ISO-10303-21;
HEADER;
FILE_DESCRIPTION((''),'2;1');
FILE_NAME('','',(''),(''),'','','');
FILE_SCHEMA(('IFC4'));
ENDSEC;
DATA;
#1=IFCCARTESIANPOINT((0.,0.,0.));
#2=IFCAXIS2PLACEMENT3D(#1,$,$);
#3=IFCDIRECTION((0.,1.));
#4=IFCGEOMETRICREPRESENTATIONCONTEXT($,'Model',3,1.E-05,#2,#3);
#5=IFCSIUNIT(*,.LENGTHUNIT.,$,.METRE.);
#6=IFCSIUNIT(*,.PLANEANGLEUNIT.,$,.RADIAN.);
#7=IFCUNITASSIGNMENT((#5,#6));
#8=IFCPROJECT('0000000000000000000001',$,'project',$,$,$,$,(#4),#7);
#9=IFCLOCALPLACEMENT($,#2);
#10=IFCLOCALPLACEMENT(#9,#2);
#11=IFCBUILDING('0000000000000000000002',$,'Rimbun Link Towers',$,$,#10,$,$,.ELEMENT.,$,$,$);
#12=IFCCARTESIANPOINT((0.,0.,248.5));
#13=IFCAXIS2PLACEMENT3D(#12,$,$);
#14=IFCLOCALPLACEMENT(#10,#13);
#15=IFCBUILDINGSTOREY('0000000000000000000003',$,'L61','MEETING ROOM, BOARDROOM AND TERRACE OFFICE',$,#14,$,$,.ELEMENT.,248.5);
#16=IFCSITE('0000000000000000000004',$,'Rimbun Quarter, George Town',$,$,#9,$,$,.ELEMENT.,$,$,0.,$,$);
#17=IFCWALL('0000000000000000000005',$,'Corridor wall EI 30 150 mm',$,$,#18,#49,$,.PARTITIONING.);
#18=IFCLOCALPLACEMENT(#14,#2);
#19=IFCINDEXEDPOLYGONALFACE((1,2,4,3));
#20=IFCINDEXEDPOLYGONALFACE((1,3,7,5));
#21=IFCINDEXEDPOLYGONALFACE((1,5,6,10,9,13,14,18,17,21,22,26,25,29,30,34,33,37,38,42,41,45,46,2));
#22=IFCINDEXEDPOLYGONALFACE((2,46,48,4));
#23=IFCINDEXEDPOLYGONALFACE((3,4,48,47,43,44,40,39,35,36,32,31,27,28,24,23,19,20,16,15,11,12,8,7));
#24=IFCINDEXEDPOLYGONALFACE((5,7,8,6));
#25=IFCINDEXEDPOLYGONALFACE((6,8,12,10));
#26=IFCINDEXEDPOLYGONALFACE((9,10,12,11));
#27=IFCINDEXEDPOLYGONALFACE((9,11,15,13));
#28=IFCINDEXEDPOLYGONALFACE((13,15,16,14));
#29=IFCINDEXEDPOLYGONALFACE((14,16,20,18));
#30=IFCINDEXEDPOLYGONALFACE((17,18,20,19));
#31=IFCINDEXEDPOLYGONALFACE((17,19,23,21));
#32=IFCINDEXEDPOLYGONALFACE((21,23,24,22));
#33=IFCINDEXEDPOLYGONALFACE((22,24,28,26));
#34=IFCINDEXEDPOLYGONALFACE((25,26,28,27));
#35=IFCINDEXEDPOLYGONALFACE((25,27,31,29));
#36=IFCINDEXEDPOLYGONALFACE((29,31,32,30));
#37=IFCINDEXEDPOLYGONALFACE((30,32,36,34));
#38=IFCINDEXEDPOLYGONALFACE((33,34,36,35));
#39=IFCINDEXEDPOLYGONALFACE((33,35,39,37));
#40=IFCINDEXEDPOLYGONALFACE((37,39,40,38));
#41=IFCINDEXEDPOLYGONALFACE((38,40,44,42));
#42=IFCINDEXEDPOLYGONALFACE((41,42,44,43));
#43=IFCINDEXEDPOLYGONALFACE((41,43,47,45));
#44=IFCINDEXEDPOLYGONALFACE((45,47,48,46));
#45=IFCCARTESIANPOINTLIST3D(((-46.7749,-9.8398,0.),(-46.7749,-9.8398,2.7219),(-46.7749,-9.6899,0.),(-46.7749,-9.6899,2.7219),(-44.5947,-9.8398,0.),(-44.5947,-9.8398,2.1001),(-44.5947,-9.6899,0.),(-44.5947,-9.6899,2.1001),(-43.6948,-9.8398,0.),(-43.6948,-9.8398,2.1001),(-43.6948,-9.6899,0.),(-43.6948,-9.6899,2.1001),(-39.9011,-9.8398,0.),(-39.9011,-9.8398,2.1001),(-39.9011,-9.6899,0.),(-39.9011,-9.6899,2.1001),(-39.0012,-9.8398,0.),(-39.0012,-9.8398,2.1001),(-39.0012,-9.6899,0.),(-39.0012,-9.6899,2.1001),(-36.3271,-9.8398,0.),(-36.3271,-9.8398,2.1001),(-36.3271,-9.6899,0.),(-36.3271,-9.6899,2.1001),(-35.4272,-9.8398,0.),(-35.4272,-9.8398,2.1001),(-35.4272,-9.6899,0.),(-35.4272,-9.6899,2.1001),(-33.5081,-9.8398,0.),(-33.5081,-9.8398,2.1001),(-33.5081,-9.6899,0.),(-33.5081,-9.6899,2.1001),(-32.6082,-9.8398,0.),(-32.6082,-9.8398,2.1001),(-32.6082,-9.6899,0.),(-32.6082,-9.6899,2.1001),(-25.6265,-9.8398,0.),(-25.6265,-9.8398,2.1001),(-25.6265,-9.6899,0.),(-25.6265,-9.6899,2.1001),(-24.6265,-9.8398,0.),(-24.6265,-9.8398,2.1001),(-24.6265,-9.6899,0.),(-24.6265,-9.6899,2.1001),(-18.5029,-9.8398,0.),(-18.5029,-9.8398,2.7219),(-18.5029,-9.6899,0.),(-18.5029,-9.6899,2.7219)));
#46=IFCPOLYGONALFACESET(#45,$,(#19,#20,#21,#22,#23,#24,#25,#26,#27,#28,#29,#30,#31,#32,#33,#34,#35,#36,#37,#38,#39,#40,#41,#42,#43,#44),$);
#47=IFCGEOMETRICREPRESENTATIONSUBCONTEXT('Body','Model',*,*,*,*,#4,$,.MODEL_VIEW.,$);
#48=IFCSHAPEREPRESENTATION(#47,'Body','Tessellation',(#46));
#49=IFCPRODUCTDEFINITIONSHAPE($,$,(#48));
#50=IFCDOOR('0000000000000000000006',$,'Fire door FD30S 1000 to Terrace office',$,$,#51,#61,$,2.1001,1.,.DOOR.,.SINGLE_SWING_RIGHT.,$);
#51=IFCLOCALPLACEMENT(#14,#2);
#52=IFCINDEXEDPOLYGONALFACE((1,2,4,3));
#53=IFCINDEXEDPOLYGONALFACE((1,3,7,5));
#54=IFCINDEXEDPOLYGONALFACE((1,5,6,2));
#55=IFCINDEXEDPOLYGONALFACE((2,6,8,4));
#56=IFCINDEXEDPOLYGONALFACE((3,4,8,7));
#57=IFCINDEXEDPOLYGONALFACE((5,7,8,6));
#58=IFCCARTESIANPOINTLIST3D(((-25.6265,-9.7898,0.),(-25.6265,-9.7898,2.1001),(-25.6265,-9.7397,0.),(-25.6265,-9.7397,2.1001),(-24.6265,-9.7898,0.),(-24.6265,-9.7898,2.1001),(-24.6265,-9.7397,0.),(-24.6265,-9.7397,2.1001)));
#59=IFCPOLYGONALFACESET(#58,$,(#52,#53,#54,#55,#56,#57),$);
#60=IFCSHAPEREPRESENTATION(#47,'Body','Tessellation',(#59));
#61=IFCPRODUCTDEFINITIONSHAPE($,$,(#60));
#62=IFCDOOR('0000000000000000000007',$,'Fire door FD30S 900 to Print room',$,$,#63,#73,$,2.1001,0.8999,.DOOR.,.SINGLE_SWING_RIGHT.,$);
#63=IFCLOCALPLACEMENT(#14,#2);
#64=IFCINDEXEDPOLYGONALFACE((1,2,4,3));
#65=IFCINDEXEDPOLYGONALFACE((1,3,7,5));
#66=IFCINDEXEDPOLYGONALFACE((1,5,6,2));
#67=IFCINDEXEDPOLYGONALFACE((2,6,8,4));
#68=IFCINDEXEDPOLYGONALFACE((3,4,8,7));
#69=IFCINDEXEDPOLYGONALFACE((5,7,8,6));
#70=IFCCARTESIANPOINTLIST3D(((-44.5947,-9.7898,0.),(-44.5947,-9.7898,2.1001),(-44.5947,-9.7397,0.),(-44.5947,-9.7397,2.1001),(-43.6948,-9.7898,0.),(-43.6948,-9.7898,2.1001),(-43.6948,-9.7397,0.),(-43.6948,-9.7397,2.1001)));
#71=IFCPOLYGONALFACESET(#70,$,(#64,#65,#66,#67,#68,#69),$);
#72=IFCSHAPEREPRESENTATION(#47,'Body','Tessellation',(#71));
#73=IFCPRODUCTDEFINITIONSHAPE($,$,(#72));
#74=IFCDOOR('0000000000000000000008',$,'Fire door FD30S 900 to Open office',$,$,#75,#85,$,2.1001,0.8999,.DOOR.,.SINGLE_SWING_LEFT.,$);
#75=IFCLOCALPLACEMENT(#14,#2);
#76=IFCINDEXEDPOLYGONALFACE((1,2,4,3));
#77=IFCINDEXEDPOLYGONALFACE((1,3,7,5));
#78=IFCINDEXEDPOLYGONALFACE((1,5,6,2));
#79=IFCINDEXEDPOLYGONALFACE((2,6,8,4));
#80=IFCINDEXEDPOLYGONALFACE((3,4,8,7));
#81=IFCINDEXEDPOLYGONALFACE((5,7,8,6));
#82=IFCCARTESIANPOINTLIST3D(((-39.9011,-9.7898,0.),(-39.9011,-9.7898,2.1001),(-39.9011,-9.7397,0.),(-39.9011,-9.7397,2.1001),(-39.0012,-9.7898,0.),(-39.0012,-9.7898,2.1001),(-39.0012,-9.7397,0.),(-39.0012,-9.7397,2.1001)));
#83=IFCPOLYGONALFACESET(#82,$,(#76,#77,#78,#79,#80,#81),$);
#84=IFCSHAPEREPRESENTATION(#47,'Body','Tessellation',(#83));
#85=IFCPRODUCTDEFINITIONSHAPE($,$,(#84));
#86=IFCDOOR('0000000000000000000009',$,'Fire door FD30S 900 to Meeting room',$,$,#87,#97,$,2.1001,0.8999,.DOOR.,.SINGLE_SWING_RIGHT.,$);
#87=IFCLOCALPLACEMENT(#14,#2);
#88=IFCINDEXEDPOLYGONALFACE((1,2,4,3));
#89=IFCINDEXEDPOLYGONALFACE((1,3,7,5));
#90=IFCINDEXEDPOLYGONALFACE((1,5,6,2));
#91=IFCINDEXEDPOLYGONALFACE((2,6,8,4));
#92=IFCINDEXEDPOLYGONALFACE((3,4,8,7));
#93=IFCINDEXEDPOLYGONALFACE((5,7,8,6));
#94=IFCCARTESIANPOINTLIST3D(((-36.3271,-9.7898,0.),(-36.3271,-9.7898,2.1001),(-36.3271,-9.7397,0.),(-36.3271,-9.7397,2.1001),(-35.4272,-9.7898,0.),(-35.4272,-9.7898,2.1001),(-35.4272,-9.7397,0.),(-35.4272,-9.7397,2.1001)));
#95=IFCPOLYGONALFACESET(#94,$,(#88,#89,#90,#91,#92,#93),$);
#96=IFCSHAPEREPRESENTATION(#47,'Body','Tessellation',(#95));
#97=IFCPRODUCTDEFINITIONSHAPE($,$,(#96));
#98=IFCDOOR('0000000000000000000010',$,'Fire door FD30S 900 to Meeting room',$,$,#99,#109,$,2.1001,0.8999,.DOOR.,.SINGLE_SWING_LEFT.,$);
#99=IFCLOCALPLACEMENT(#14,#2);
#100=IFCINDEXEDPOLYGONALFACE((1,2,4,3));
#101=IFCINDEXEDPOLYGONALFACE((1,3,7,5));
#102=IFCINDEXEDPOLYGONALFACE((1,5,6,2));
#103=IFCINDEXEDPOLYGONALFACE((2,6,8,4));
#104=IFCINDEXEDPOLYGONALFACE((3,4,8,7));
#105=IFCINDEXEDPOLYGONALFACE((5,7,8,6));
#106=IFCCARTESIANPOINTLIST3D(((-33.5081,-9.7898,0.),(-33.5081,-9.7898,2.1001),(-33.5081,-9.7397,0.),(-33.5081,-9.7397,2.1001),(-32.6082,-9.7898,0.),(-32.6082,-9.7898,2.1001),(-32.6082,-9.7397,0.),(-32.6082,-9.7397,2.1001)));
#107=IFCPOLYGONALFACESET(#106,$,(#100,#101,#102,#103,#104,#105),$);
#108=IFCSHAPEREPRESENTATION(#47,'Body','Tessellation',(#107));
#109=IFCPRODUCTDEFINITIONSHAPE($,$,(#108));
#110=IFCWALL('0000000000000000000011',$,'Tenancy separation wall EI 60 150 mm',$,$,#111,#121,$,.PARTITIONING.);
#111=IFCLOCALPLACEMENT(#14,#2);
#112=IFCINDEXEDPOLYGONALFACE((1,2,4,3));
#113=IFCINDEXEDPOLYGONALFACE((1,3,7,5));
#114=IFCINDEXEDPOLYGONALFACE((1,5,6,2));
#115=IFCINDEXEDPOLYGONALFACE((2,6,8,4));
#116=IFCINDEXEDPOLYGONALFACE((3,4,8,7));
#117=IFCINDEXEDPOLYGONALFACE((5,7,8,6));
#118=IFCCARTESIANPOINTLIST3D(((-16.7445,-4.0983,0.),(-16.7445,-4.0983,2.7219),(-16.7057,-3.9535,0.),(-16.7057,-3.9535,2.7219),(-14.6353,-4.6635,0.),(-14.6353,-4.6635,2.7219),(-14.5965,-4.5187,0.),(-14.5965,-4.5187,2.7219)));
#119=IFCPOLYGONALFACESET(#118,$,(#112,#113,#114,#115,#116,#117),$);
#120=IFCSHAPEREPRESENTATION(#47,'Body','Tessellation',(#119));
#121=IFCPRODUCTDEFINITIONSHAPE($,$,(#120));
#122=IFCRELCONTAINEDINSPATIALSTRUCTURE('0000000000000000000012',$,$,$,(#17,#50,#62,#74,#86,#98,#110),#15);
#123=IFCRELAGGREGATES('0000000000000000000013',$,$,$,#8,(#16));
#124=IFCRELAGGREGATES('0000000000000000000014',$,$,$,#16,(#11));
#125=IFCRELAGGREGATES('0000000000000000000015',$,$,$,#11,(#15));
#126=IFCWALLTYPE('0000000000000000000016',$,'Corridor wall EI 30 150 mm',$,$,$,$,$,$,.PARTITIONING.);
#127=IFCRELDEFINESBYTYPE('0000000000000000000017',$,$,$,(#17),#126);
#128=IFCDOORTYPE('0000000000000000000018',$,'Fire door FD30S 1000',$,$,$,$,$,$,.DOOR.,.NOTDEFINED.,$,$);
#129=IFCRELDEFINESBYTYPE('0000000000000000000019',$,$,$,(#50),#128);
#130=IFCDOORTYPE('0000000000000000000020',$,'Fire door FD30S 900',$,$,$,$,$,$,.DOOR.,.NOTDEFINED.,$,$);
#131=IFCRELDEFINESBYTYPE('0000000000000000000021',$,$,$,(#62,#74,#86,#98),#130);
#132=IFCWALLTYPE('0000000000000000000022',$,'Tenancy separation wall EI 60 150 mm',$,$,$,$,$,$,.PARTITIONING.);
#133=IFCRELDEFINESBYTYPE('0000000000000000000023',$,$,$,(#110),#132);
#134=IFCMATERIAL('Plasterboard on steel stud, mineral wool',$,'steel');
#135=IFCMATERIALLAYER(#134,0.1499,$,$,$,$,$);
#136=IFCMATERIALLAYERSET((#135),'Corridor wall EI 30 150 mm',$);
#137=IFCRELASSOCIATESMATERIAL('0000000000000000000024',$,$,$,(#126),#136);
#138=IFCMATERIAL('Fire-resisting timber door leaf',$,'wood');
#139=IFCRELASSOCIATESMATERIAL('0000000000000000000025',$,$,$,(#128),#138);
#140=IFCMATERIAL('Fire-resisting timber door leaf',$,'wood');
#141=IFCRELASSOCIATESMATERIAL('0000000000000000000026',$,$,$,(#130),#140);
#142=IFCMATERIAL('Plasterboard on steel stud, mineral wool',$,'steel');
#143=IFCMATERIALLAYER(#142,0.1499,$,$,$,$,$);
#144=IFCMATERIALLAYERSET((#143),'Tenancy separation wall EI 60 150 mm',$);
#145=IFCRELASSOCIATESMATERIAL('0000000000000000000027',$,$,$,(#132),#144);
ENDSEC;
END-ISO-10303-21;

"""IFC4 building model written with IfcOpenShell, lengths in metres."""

from ifc_helpers import new_model, si_unit, direction, frame, frame_2d, origin, place, context, subcontext, project, spatial, rectangle, extrude, material, layer, layer_set, type_object, element, fill, save


model = new_model("IFC4")

# Units and contexts
model_context = context("Model", 3, precision=1e-05, world=origin(), true_north=direction((0.0, 1.0)))
body_context = subcontext(model_context, "Body", "Model", "MODEL_VIEW")
ifc_project = project(units=[si_unit("LENGTHUNIT", "METRE"), si_unit("PLANEANGLEUNIT", "RADIAN")], contexts=[model_context])

# Site, building, storey
site_placement = place(None, origin())
site = spatial("IfcSite", under=ifc_project, at=site_placement, Name="Rimbun Quarter, George Town", CompositionType="ELEMENT", RefElevation=0.0)
building_placement = place(site_placement, origin())
building = spatial("IfcBuilding", under=site, at=building_placement, Name="Rimbun Link Towers", CompositionType="ELEMENT")
storey_placement = place(building_placement, frame((0.0, 0.0, 248.5)))
storey = spatial("IfcBuildingStorey", under=building, at=storey_placement, Name="L61", Description="MEETING ROOM, BOARDROOM AND TERRACE OFFICE", CompositionType="ELEMENT", Elevation=248.5)

# Shared definitions
ifc_material_1 = material(Name="Plasterboard on steel stud, mineral wool", Category="steel")
ifc_layer_1 = layer(ifc_material_1, 0.1499)
ifc_layer_set_1 = layer_set([ifc_layer_1], Name="Corridor wall EI 30 150 mm")
wall_type_1 = type_object("IfcWallType", Name="Corridor wall EI 30 150 mm", PredefinedType="PARTITIONING", material=ifc_layer_set_1)

# Wall, openings, doors
wall_1_placement = place(storey_placement, frame((-18.5029, -9.7649, 0.0), z_axis=(0.0, 0.0, 1.0), x_axis=(-1.0, 0.0, 0.0)))
wall_1 = element("IfcWall", 1, at=wall_1_placement, inside=storey, type_object=wall_type_1, Name="Corridor wall EI 30 150 mm", PredefinedType="PARTITIONING", context=body_context, shape_type="SweptSolid", body=[
    extrude(rectangle(XDim=28.272, YDim=0.1499, at=frame_2d((14.136, 0.0))), origin(), (0.0, 0.0, 1.0), 2.7219),
])
opening_1_placement = place(wall_1_placement, frame((25.1919, 0.0, 0.0)))
opening_1 = element("IfcOpeningElement", 2, at=opening_1_placement, cuts=wall_1, PredefinedType="OPENING", context=body_context, shape_type="SweptSolid", body=[
    extrude(rectangle(XDim=0.8999, YDim=2.1001, at=frame_2d((0.45, 1.05))), frame((0.0, 0.085, 0.0), z_axis=(0.0, -1.0, 0.0), x_axis=(1.0, 0.0, 0.0)), (0.0, 0.0, 1.0), 0.1699),
])
opening_2_placement = place(wall_1_placement, frame((20.4983, 0.0, 0.0)))
opening_2 = element("IfcOpeningElement", 3, at=opening_2_placement, cuts=wall_1, PredefinedType="OPENING", context=body_context, shape_type="SweptSolid", body=[
    extrude(rectangle(XDim=0.8999, YDim=2.1001, at=frame_2d((0.45, 1.05))), frame((0.0, 0.085, 0.0), z_axis=(0.0, -1.0, 0.0), x_axis=(1.0, 0.0, 0.0)), (0.0, 0.0, 1.0), 0.1699),
])
opening_3_placement = place(wall_1_placement, frame((16.9243, 0.0, 0.0)))
opening_3 = element("IfcOpeningElement", 4, at=opening_3_placement, cuts=wall_1, PredefinedType="OPENING", context=body_context, shape_type="SweptSolid", body=[
    extrude(rectangle(XDim=0.8999, YDim=2.1001, at=frame_2d((0.45, 1.05))), frame((0.0, 0.085, 0.0), z_axis=(0.0, -1.0, 0.0), x_axis=(1.0, 0.0, 0.0)), (0.0, 0.0, 1.0), 0.1699),
])
opening_4_placement = place(wall_1_placement, frame((14.1052, 0.0, 0.0)))
opening_4 = element("IfcOpeningElement", 5, at=opening_4_placement, cuts=wall_1, PredefinedType="OPENING", context=body_context, shape_type="SweptSolid", body=[
    extrude(rectangle(XDim=0.8999, YDim=2.1001, at=frame_2d((0.45, 1.05))), frame((0.0, 0.085, 0.0), z_axis=(0.0, -1.0, 0.0), x_axis=(1.0, 0.0, 0.0)), (0.0, 0.0, 1.0), 0.1699),
])
opening_5_placement = place(wall_1_placement, frame((6.1235, 0.0, 0.0)))
opening_5 = element("IfcOpeningElement", 6, at=opening_5_placement, cuts=wall_1, PredefinedType="OPENING", context=body_context, shape_type="SweptSolid", body=[
    extrude(rectangle(XDim=1.0, YDim=2.1001, at=frame_2d((0.5, 1.05))), frame((0.0, 0.085, 0.0), z_axis=(0.0, -1.0, 0.0), x_axis=(1.0, 0.0, 0.0)), (0.0, 0.0, 1.0), 0.1699),
])
ifc_material_2 = material(Name="Fire-resisting timber door leaf", Category="wood")
door_type_1 = type_object("IfcDoorType", Name="Fire door FD30S 1000", OperationType="NOTDEFINED", PredefinedType="DOOR", material=ifc_material_2)
door_1_placement = place(opening_5_placement, origin())
door_1 = element("IfcDoor", 7, at=door_1_placement, inside=storey, type_object=door_type_1, Name="Fire door FD30S 1000 to Terrace office", OperationType="SINGLE_SWING_RIGHT", OverallHeight=2.1001, OverallWidth=1.0, PredefinedType="DOOR", context=body_context, shape_type="SweptSolid", body=[
    extrude(rectangle(XDim=1.0, YDim=2.1001, at=frame_2d((0.5, 1.05))), frame((0.0, 0.0249, 0.0), z_axis=(0.0, -1.0, 0.0), x_axis=(1.0, 0.0, 0.0)), (0.0, 0.0, 1.0), 0.05),
])
fill(opening_5, door_1)
ifc_material_3 = material(Name="Fire-resisting timber door leaf", Category="wood")
door_type_2 = type_object("IfcDoorType", Name="Fire door FD30S 900", OperationType="NOTDEFINED", PredefinedType="DOOR", material=ifc_material_3)
door_2_placement = place(opening_1_placement, origin())
door_2 = element("IfcDoor", 8, at=door_2_placement, inside=storey, type_object=door_type_2, Name="Fire door FD30S 900 to Print room", OperationType="SINGLE_SWING_RIGHT", OverallHeight=2.1001, OverallWidth=0.8999, PredefinedType="DOOR", context=body_context, shape_type="SweptSolid", body=[
    extrude(rectangle(XDim=0.8999, YDim=2.1001, at=frame_2d((0.45, 1.05))), frame((0.0, 0.0249, 0.0), z_axis=(0.0, -1.0, 0.0), x_axis=(1.0, 0.0, 0.0)), (0.0, 0.0, 1.0), 0.05),
])
fill(opening_1, door_2)
door_3_placement = place(opening_2_placement, origin())
door_3 = element("IfcDoor", 9, at=door_3_placement, inside=storey, type_object=door_type_2, Name="Fire door FD30S 900 to Open office", OperationType="SINGLE_SWING_LEFT", OverallHeight=2.1001, OverallWidth=0.8999, PredefinedType="DOOR", context=body_context, shape_type="SweptSolid", body=[
    extrude(rectangle(XDim=0.8999, YDim=2.1001, at=frame_2d((0.45, 1.05))), frame((0.0, 0.0249, 0.0), z_axis=(0.0, -1.0, 0.0), x_axis=(1.0, 0.0, 0.0)), (0.0, 0.0, 1.0), 0.05),
])
fill(opening_2, door_3)
door_4_placement = place(opening_3_placement, origin())
door_4 = element("IfcDoor", 10, at=door_4_placement, inside=storey, type_object=door_type_2, Name="Fire door FD30S 900 to Meeting room", OperationType="SINGLE_SWING_RIGHT", OverallHeight=2.1001, OverallWidth=0.8999, PredefinedType="DOOR", context=body_context, shape_type="SweptSolid", body=[
    extrude(rectangle(XDim=0.8999, YDim=2.1001, at=frame_2d((0.45, 1.05))), frame((0.0, 0.0249, 0.0), z_axis=(0.0, -1.0, 0.0), x_axis=(1.0, 0.0, 0.0)), (0.0, 0.0, 1.0), 0.05),
])
fill(opening_3, door_4)
door_5_placement = place(opening_4_placement, origin())
door_5 = element("IfcDoor", 11, at=door_5_placement, inside=storey, type_object=door_type_2, Name="Fire door FD30S 900 to Meeting room", OperationType="SINGLE_SWING_LEFT", OverallHeight=2.1001, OverallWidth=0.8999, PredefinedType="DOOR", context=body_context, shape_type="SweptSolid", body=[
    extrude(rectangle(XDim=0.8999, YDim=2.1001, at=frame_2d((0.45, 1.05))), frame((0.0, 0.0249, 0.0), z_axis=(0.0, -1.0, 0.0), x_axis=(1.0, 0.0, 0.0)), (0.0, 0.0, 1.0), 0.05),
])
fill(opening_4, door_5)

# Wall
ifc_material_4 = material(Name="Plasterboard on steel stud, mineral wool", Category="steel")
ifc_layer_2 = layer(ifc_material_4, 0.1499)
ifc_layer_set_2 = layer_set([ifc_layer_2], Name="Tenancy separation wall EI 60 150 mm")
wall_type_2 = type_object("IfcWallType", Name="Tenancy separation wall EI 60 150 mm", PredefinedType="PARTITIONING", material=ifc_layer_set_2)
wall_2_placement = place(storey_placement, frame((-16.7251, -4.0259, 0.0), z_axis=(0.0, 0.0, 1.0), x_axis=(0.965921, -0.258839, 0.0)))
element("IfcWall", 12, at=wall_2_placement, inside=storey, type_object=wall_type_2, Name="Tenancy separation wall EI 60 150 mm", PredefinedType="PARTITIONING", context=body_context, shape_type="SweptSolid", body=[
    extrude(rectangle(XDim=2.1836, YDim=0.1499, at=frame_2d((1.0918, 0.0))), origin(), (0.0, 0.0, 1.0), 2.7219),
])

save(model, "model.ifc")
